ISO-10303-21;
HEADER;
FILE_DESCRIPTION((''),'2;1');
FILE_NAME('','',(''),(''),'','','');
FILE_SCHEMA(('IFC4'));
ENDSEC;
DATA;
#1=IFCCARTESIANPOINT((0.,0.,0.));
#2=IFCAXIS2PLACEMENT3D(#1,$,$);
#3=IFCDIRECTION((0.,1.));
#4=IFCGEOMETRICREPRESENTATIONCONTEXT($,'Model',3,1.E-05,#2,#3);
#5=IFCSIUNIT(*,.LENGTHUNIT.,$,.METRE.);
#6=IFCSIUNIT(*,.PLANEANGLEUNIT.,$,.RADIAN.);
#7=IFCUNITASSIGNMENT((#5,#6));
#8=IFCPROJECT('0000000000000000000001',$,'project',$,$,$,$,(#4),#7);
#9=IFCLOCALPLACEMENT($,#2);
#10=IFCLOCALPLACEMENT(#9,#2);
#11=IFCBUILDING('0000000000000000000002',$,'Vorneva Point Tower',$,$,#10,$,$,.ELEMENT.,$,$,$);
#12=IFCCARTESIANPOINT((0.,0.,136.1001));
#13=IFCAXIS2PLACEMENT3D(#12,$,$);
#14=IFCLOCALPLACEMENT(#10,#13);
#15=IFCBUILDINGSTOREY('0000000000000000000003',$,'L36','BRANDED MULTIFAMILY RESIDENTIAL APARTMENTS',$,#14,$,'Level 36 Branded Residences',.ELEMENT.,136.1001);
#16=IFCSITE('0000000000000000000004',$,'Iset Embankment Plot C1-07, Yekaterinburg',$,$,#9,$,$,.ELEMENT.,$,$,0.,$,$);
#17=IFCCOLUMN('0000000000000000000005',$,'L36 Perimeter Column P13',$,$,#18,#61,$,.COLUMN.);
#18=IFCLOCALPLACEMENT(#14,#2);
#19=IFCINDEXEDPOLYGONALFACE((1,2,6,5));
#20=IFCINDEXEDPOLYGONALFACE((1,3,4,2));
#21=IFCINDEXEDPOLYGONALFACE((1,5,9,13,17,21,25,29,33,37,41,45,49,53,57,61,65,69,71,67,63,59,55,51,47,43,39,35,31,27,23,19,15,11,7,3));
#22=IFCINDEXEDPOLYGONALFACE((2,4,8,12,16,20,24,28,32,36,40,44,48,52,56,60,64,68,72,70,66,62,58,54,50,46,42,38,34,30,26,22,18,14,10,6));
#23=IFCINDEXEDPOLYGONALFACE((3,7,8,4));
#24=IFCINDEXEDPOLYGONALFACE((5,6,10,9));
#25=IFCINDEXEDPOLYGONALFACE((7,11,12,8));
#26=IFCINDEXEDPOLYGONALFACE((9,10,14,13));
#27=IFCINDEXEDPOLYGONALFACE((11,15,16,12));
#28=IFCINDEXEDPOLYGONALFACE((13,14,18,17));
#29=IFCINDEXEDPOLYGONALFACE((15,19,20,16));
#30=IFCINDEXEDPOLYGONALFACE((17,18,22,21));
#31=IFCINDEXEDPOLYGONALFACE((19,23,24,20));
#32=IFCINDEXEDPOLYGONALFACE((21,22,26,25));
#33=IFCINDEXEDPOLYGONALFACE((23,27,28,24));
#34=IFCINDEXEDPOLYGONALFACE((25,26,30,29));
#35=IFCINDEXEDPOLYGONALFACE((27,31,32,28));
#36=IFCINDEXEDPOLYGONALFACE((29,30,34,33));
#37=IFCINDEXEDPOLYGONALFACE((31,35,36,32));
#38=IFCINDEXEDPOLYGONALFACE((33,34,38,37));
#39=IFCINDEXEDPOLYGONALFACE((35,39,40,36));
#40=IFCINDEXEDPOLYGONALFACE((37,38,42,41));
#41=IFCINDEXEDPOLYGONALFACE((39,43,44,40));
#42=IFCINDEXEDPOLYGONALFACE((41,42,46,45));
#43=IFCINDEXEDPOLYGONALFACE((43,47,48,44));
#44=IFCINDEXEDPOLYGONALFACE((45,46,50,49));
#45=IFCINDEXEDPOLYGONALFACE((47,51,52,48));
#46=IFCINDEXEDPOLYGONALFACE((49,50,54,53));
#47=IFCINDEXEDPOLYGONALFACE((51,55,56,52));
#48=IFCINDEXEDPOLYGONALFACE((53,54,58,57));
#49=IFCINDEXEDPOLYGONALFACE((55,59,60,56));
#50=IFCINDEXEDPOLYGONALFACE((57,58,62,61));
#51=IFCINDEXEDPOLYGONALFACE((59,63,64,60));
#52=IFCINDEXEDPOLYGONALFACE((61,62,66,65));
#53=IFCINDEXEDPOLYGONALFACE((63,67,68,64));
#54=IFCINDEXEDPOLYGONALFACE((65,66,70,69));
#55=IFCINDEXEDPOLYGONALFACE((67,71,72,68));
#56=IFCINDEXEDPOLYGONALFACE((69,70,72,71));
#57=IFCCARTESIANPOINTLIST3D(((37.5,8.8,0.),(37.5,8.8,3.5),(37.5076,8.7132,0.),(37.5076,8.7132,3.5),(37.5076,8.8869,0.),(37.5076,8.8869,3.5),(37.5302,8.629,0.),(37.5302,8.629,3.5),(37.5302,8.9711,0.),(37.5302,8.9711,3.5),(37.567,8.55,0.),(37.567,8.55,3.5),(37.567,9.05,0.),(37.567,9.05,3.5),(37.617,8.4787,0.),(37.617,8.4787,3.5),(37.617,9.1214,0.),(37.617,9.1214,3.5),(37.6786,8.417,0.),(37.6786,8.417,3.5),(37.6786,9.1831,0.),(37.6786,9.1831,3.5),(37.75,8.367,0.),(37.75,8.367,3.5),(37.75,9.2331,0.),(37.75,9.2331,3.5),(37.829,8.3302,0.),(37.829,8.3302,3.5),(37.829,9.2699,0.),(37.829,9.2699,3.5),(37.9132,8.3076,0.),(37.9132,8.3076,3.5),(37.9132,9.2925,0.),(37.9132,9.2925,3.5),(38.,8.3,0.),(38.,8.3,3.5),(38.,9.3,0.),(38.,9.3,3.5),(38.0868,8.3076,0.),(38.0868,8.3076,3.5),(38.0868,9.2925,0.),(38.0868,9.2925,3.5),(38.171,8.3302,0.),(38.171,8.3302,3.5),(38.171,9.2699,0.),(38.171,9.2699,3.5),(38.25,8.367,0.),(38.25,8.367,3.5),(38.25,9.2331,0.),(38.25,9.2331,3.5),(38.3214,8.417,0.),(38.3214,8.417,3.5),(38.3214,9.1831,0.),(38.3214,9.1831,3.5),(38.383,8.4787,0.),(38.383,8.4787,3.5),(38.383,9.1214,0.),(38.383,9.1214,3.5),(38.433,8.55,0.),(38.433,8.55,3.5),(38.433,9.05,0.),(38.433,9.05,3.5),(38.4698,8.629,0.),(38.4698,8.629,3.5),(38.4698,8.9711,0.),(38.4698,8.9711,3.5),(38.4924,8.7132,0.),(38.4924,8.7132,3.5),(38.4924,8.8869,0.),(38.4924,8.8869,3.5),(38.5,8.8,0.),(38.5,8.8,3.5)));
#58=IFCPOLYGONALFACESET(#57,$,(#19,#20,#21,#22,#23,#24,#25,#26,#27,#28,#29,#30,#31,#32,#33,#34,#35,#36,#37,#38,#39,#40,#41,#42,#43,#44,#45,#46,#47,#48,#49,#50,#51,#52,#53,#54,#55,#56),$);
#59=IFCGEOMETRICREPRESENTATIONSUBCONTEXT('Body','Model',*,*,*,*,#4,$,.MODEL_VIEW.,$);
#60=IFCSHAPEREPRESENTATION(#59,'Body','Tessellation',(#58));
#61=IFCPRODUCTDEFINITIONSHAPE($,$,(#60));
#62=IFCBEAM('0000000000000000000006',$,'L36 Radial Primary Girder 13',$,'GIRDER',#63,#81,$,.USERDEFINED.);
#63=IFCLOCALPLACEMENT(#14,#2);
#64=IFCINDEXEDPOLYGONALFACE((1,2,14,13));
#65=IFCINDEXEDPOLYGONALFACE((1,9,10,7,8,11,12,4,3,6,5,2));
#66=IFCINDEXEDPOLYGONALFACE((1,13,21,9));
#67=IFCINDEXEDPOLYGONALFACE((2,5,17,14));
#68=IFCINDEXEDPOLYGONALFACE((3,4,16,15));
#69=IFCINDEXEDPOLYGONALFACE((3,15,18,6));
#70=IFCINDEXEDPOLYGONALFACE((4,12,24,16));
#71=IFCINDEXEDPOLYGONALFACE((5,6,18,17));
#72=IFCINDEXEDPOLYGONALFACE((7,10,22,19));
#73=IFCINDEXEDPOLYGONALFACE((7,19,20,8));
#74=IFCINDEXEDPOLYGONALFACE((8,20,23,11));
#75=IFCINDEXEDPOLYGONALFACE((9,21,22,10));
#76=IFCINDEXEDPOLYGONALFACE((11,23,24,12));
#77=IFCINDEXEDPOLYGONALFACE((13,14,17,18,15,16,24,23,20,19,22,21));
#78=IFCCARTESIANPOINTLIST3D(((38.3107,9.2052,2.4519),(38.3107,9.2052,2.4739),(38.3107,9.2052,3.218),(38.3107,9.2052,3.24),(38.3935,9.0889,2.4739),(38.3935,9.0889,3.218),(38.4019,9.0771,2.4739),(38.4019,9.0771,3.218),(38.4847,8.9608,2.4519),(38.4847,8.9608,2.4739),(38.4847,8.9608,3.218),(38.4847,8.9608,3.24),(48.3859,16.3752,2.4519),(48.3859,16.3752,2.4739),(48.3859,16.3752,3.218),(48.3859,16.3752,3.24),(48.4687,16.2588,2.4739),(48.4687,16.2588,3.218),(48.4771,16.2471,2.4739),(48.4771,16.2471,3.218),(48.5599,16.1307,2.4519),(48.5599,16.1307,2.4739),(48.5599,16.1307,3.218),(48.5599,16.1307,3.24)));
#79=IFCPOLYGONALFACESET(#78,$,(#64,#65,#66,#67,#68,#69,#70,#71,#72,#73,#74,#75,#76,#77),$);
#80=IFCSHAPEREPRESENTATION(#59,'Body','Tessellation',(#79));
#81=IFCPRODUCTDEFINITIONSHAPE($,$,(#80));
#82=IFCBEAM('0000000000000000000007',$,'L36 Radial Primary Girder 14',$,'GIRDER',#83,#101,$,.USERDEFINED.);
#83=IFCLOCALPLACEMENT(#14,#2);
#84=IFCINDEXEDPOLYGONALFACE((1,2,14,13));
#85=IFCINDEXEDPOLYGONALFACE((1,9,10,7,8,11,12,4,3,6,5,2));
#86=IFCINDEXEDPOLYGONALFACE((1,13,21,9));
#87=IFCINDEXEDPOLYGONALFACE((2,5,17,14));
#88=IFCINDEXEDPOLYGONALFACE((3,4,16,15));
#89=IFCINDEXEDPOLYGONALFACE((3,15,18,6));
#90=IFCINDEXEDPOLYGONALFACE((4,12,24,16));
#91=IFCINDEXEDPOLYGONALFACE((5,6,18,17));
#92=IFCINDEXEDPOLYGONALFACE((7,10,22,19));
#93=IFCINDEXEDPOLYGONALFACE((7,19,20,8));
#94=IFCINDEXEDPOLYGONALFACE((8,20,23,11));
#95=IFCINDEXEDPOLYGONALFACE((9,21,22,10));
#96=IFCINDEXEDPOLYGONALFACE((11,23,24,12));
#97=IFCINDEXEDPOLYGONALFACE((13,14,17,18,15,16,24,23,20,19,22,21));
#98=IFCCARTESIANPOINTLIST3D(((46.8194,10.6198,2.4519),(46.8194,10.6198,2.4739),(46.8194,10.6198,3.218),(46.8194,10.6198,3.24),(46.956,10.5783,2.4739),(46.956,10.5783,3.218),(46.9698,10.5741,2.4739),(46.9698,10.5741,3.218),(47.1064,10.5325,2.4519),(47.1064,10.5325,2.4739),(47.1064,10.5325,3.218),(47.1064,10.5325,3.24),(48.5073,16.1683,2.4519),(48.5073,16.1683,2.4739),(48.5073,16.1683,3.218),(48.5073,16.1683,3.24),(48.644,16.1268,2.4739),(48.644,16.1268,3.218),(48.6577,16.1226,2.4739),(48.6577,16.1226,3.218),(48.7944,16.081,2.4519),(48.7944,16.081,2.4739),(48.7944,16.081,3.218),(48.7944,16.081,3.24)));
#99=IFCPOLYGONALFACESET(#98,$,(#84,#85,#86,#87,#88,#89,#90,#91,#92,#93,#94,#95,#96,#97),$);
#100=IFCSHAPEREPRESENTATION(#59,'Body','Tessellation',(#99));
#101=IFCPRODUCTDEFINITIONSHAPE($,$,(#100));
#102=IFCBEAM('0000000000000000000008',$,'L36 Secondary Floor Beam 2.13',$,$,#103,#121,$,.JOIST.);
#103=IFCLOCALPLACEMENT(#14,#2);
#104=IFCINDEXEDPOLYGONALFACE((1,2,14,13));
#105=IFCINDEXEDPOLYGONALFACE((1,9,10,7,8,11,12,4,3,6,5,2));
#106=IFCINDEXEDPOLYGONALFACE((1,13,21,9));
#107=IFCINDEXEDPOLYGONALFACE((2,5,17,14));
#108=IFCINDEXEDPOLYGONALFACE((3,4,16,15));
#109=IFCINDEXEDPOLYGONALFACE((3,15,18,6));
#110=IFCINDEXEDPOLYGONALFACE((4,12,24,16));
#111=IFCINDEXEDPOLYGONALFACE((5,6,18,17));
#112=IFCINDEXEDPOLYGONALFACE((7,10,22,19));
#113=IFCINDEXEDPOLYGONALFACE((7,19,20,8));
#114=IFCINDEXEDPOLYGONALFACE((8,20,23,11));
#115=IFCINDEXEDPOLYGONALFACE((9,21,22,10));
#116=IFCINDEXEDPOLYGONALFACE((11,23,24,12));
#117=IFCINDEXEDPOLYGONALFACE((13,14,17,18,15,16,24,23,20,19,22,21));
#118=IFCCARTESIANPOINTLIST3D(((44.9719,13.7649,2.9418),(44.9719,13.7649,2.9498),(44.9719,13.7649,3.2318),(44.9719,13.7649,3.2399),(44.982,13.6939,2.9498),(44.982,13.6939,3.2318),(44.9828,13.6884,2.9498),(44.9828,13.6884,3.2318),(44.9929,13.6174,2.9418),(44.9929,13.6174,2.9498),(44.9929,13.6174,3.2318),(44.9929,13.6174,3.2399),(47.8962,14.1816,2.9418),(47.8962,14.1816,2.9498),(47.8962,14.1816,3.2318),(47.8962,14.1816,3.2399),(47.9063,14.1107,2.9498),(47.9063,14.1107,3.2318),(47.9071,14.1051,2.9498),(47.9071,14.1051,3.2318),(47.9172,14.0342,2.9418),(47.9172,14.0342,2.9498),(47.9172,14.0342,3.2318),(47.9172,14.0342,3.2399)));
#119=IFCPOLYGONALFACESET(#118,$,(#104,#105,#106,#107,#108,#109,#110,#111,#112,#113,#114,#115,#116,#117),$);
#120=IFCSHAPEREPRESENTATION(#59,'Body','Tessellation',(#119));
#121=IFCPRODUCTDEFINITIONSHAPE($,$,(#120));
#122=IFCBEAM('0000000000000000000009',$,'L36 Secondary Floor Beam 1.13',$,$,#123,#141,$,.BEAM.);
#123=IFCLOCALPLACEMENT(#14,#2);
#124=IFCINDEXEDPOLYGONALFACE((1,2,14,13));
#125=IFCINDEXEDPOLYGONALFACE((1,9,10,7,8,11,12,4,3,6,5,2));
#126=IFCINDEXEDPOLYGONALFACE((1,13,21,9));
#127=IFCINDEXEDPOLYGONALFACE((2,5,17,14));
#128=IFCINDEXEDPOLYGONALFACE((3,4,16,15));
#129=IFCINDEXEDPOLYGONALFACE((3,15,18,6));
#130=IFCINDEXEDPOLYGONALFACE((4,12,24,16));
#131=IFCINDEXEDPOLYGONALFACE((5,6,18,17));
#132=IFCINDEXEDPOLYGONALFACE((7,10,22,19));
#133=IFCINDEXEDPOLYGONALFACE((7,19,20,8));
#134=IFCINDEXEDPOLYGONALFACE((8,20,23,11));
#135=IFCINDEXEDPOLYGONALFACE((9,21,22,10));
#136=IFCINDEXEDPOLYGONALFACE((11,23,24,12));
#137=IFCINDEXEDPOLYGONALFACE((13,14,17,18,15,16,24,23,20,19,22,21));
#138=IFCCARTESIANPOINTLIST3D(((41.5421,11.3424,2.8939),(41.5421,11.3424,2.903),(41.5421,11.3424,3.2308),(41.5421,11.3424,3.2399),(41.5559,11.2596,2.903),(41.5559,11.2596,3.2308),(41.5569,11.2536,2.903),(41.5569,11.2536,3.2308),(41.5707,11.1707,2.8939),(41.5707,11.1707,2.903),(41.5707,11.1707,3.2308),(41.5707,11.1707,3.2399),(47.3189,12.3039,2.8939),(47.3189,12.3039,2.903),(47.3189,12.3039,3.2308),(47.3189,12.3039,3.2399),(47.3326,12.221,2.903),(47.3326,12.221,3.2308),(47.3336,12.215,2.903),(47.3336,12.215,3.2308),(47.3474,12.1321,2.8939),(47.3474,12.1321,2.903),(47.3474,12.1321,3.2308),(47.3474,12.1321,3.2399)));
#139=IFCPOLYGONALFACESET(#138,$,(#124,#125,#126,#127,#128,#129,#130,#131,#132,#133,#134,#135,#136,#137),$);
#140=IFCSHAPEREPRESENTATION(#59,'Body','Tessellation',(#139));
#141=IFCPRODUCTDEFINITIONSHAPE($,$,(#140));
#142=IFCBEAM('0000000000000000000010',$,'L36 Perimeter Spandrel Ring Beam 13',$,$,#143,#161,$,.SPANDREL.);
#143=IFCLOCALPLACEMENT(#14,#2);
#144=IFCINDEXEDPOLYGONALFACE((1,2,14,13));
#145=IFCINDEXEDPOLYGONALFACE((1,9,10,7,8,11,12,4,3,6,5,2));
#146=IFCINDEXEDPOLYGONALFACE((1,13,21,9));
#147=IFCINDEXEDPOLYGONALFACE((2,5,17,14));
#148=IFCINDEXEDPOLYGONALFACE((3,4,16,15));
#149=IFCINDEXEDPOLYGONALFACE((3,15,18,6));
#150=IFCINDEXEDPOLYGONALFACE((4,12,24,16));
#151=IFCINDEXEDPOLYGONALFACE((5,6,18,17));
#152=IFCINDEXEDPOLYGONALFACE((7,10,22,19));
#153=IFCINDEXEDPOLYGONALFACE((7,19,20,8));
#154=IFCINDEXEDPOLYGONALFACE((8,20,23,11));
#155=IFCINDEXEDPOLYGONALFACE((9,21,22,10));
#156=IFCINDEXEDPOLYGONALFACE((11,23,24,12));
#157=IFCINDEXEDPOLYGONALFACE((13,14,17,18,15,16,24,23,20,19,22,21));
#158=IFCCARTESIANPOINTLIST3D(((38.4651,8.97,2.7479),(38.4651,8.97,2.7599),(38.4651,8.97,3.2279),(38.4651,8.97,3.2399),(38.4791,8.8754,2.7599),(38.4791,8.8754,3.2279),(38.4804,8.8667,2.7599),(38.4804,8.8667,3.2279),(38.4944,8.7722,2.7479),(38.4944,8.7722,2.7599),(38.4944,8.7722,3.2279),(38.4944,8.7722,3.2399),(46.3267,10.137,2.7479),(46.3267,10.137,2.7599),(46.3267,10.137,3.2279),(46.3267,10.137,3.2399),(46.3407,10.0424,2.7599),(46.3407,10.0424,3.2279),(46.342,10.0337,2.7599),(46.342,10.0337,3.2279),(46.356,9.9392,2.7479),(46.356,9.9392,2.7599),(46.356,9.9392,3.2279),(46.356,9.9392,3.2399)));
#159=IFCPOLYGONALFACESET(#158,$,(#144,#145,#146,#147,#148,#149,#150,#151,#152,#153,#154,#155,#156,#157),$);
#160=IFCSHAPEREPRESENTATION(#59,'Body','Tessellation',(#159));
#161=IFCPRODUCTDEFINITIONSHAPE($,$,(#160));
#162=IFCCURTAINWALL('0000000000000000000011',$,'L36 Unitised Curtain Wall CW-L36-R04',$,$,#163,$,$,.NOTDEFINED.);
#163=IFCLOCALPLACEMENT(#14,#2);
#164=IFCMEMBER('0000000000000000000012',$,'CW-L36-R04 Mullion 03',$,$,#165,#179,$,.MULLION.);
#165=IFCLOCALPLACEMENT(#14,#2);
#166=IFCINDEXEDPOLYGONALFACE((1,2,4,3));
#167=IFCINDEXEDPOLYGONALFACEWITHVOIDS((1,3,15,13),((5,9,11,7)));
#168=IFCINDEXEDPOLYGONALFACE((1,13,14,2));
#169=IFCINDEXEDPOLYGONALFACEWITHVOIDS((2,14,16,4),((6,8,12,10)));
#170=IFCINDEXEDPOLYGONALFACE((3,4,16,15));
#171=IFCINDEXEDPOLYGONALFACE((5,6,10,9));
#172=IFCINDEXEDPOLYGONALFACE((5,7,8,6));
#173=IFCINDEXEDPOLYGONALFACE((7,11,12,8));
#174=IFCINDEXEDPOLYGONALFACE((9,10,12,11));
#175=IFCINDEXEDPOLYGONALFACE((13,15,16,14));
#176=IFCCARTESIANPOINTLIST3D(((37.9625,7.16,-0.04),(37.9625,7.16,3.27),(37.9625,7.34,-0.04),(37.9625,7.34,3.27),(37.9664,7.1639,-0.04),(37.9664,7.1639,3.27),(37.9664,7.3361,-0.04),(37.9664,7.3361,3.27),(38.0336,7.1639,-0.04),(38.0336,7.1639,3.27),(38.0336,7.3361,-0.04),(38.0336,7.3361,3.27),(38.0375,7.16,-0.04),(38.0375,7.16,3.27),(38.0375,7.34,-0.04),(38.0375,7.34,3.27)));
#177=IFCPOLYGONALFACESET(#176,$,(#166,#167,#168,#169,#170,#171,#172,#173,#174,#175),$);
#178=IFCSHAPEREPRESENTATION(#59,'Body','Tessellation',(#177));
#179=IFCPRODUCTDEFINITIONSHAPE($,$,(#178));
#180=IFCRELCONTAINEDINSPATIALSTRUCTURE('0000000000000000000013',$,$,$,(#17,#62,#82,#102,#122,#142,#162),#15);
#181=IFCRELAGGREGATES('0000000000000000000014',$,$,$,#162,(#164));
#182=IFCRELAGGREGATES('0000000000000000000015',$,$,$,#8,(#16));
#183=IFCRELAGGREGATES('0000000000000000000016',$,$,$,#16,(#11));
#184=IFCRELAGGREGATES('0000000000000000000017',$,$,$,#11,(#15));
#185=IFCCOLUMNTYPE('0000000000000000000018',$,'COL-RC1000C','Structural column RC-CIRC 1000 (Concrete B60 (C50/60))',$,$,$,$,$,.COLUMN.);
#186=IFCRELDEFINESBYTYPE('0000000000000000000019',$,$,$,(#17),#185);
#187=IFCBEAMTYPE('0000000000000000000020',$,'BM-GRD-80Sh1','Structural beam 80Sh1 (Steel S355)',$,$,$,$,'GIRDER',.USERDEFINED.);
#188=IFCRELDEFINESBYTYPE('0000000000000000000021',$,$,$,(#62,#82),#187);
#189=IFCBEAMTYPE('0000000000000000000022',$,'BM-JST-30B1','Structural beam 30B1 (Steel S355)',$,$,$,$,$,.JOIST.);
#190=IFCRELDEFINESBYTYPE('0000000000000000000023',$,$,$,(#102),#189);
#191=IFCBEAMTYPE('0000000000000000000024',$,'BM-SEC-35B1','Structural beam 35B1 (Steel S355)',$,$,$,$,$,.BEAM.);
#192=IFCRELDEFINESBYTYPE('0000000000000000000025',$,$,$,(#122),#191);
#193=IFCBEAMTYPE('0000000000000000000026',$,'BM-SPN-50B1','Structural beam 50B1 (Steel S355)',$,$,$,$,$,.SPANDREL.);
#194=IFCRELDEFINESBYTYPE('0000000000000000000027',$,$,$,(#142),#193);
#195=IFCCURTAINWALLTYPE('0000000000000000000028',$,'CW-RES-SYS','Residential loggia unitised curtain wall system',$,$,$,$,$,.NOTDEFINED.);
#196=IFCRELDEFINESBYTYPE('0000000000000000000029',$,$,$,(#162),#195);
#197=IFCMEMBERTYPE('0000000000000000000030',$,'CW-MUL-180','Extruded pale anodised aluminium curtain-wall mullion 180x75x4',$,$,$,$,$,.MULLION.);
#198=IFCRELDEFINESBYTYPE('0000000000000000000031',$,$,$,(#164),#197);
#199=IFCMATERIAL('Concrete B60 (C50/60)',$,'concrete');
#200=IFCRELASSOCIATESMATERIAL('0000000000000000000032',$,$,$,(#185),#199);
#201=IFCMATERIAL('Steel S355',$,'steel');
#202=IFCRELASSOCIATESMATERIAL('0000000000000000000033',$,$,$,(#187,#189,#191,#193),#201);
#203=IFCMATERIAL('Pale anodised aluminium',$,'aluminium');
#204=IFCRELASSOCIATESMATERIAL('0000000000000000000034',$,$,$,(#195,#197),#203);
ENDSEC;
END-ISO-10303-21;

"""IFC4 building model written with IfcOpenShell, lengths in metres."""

from ifc_helpers import new_model, si_unit, direction, frame, origin, origin_2d, place, context, subcontext, project, spatial, hollow_rectangle, circle, i_section, extrude, material, material_profile, profile_set, type_object, element, aggregate, save


model = new_model("IFC4")

# Units and contexts
model_context = context("Model", 3, precision=1e-05, world=origin(), true_north=direction((0.0, 1.0)))
body_context = subcontext(model_context, "Body", "Model", "MODEL_VIEW")
ifc_project = project(units=[si_unit("LENGTHUNIT", "METRE"), si_unit("PLANEANGLEUNIT", "RADIAN")], contexts=[model_context])

# Site, building, storey
site_placement = place(None, origin())
site = spatial("IfcSite", under=ifc_project, at=site_placement, Name="Iset Embankment Plot C1-07, Yekaterinburg", CompositionType="ELEMENT", RefElevation=0.0)
building_placement = place(site_placement, origin())
building = spatial("IfcBuilding", under=site, at=building_placement, Name="Vorneva Point Tower", CompositionType="ELEMENT")
storey_placement = place(building_placement, frame((0.0, 0.0, 136.1001)))
storey = spatial("IfcBuildingStorey", under=building, at=storey_placement, Name="L36", Description="BRANDED MULTIFAMILY RESIDENTIAL APARTMENTS", LongName="Level 36 Branded Residences", CompositionType="ELEMENT", Elevation=136.1001)

# Column
ifc_material_1 = material(Name="Concrete B60 (C50/60)", Category="concrete")
ifc_material_profile_1 = material_profile(ifc_material_1, circle(Radius=0.5, at=origin_2d()), Name="RC-CIRC 1000")
ifc_profile_set_1 = profile_set([ifc_material_profile_1], Name="Concrete B60 (C50/60)")
column_type = type_object("IfcColumnType", Name="COL-RC1000C", Description="Structural column RC-CIRC 1000 (Concrete B60 (C50/60))", PredefinedType="COLUMN", material=ifc_profile_set_1)
for number, where, z_axis, x_axis, name in (
    (1, (38.0, 8.8, 0.0), (0.0, 0.0, 1.0), (0.0, -1.0, 0.0), "L36 Perimeter Column P13"),
):
    element("IfcColumn", number, at=place(storey_placement, frame(where, z_axis=z_axis, x_axis=x_axis)), inside=storey, type_object=column_type, Name=name, PredefinedType="COLUMN", context=body_context, shape_type="SweptSolid", body=[
        extrude(circle(Radius=0.5, at=origin_2d()), origin(), (0.0, 0.0, 1.0), 3.5),
    ])

# Beams
ifc_material_2 = material(Name="Steel S355", Category="steel")
ifc_material_profile_2 = material_profile(ifc_material_2, i_section(OverallWidth=0.3, OverallDepth=0.7881, WebThickness=0.0144, FlangeThickness=0.022, at=origin_2d()), Name="80Sh1")
ifc_profile_set_2 = profile_set([ifc_material_profile_2], Name="Steel S355")
beam_type_1 = type_object("IfcBeamType", Name="BM-GRD-80Sh1", Description="Structural beam 80Sh1 (Steel S355)", ElementType="GIRDER", PredefinedType="USERDEFINED", material=ifc_profile_set_2)
beam_1_placement = place(storey_placement, frame((38.3977, 9.083, 2.8459), z_axis=(0.814751, 0.57981, 0.0), x_axis=(-0.57981, 0.814751, 0.0)))
element("IfcBeam", 2, at=beam_1_placement, inside=storey, type_object=beam_type_1, Name="L36 Radial Primary Girder 13", ObjectType="GIRDER", PredefinedType="USERDEFINED", context=body_context, shape_type="SweptSolid", body=[
    extrude(i_section(OverallWidth=0.3, OverallDepth=0.7881, WebThickness=0.0144, FlangeThickness=0.022, at=origin_2d()), origin(), (0.0, 0.0, 1.0), 12.366),
])
beam_2_placement = place(storey_placement, frame((46.9629, 10.5762, 2.8459), z_axis=(0.291049, 0.956708, 0.0), x_axis=(-0.956708, 0.291049, 0.0)))
element("IfcBeam", 3, at=beam_2_placement, inside=storey, type_object=beam_type_1, Name="L36 Radial Primary Girder 14", ObjectType="GIRDER", PredefinedType="USERDEFINED", context=body_context, shape_type="SweptSolid", body=[
    extrude(i_section(OverallWidth=0.3, OverallDepth=0.7881, WebThickness=0.0144, FlangeThickness=0.022, at=origin_2d()), origin(), (0.0, 0.0, 1.0), 5.7996),
])
ifc_material_profile_3 = material_profile(ifc_material_2, i_section(OverallWidth=0.1489, OverallDepth=0.2981, WebThickness=0.0056, FlangeThickness=0.0081, at=origin_2d()), Name="30B1")
ifc_profile_set_3 = profile_set([ifc_material_profile_3], Name="Steel S355")
beam_type_2 = type_object("IfcBeamType", Name="BM-JST-30B1", Description="Structural beam 30B1 (Steel S355)", PredefinedType="JOIST", material=ifc_profile_set_3)
beam_3_placement = place(storey_placement, frame((44.9824, 13.6912, 3.0908), z_axis=(0.989997, 0.141086, 0.0), x_axis=(-0.141086, 0.989997, 0.0)))
element("IfcBeam", 4, at=beam_3_placement, inside=storey, type_object=beam_type_2, Name="L36 Secondary Floor Beam 2.13", PredefinedType="JOIST", context=body_context, shape_type="SweptSolid", body=[
    extrude(i_section(OverallWidth=0.1489, OverallDepth=0.2981, WebThickness=0.0056, FlangeThickness=0.0081, at=origin_2d()), origin(), (0.0, 0.0, 1.0), 2.9539),
])
ifc_material_profile_4 = material_profile(ifc_material_2, i_section(OverallWidth=0.1741, OverallDepth=0.3459, WebThickness=0.0061, FlangeThickness=0.009, at=origin_2d()), Name="35B1")
ifc_profile_set_4 = profile_set([ifc_material_profile_4], Name="Steel S355")
beam_type_3 = type_object("IfcBeamType", Name="BM-SEC-35B1", Description="Structural beam 35B1 (Steel S355)", PredefinedType="BEAM", material=ifc_profile_set_4)
beam_4_placement = place(storey_placement, frame((41.5564, 11.2566, 3.0669), z_axis=(0.986432, 0.164169, 0.0), x_axis=(-0.164169, 0.986432, 0.0)))
element("IfcBeam", 5, at=beam_4_placement, inside=storey, type_object=beam_type_3, Name="L36 Secondary Floor Beam 1.13", PredefinedType="BEAM", context=body_context, shape_type="SweptSolid", body=[
    extrude(i_section(OverallWidth=0.1741, OverallDepth=0.3459, WebThickness=0.0061, FlangeThickness=0.009, at=origin_2d()), origin(), (0.0, 0.0, 1.0), 5.8562),
])
ifc_material_profile_5 = material_profile(ifc_material_2, i_section(OverallWidth=0.2, OverallDepth=0.4919, WebThickness=0.0088, FlangeThickness=0.012, at=origin_2d()), Name="50B1")
ifc_profile_set_5 = profile_set([ifc_material_profile_5], Name="Steel S355")
beam_type_4 = type_object("IfcBeamType", Name="BM-SPN-50B1", Description="Structural beam 50B1 (Steel S355)", PredefinedType="SPANDREL", material=ifc_profile_set_5)
beam_5_placement = place(storey_placement, frame((38.4797, 8.8711, 2.9939), z_axis=(0.989161, 0.146834, 0.0), x_axis=(-0.146834, 0.989161, 0.0)))
element("IfcBeam", 6, at=beam_5_placement, inside=storey, type_object=beam_type_4, Name="L36 Perimeter Spandrel Ring Beam 13", PredefinedType="SPANDREL", context=body_context, shape_type="SweptSolid", body=[
    extrude(i_section(OverallWidth=0.2, OverallDepth=0.4919, WebThickness=0.0088, FlangeThickness=0.012, at=origin_2d()), origin(), (0.0, 0.0, 1.0), 7.9478),
])

# Curtain wall, member
ifc_material_3 = material(Name="Pale anodised aluminium", Category="aluminium")
curtain_wall_type = type_object("IfcCurtainWallType", Name="CW-RES-SYS", Description="Residential loggia unitised curtain wall system", PredefinedType="NOTDEFINED", material=ifc_material_3)
curtain_wall_placement = place(storey_placement, origin())
curtain_wall = element("IfcCurtainWall", 7, at=curtain_wall_placement, inside=storey, type_object=curtain_wall_type, Name="L36 Unitised Curtain Wall CW-L36-R04", PredefinedType="NOTDEFINED")
ifc_material_profile_6 = material_profile(ifc_material_3, hollow_rectangle(XDim=0.075, YDim=0.1799, WallThickness=0.0039, at=origin_2d()), Name="AL-MUL 180x75x4")
ifc_profile_set_6 = profile_set([ifc_material_profile_6], Name="Pale anodised aluminium")
member_type_1 = type_object("IfcMemberType", Name="CW-MUL-180", Description="Extruded pale anodised aluminium curtain-wall mullion 180x75x4", PredefinedType="MULLION", material=ifc_profile_set_6)
member_1_placement = place(storey_placement, frame((38.0, 7.25, -0.04), z_axis=(0.0, 0.0, 1.0), x_axis=(1.0, 0.0, 0.0)))
member_1 = element("IfcMember", 8, at=member_1_placement, type_object=member_type_1, Name="CW-L36-R04 Mullion 03", PredefinedType="MULLION", context=body_context, shape_type="SweptSolid", body=[
    extrude(hollow_rectangle(XDim=0.075, YDim=0.1799, WallThickness=0.0039, at=origin_2d()), origin(), (0.0, 0.0, 1.0), 3.3101),
])
aggregate(curtain_wall, [member_1])

save(model, "model.ifc")
